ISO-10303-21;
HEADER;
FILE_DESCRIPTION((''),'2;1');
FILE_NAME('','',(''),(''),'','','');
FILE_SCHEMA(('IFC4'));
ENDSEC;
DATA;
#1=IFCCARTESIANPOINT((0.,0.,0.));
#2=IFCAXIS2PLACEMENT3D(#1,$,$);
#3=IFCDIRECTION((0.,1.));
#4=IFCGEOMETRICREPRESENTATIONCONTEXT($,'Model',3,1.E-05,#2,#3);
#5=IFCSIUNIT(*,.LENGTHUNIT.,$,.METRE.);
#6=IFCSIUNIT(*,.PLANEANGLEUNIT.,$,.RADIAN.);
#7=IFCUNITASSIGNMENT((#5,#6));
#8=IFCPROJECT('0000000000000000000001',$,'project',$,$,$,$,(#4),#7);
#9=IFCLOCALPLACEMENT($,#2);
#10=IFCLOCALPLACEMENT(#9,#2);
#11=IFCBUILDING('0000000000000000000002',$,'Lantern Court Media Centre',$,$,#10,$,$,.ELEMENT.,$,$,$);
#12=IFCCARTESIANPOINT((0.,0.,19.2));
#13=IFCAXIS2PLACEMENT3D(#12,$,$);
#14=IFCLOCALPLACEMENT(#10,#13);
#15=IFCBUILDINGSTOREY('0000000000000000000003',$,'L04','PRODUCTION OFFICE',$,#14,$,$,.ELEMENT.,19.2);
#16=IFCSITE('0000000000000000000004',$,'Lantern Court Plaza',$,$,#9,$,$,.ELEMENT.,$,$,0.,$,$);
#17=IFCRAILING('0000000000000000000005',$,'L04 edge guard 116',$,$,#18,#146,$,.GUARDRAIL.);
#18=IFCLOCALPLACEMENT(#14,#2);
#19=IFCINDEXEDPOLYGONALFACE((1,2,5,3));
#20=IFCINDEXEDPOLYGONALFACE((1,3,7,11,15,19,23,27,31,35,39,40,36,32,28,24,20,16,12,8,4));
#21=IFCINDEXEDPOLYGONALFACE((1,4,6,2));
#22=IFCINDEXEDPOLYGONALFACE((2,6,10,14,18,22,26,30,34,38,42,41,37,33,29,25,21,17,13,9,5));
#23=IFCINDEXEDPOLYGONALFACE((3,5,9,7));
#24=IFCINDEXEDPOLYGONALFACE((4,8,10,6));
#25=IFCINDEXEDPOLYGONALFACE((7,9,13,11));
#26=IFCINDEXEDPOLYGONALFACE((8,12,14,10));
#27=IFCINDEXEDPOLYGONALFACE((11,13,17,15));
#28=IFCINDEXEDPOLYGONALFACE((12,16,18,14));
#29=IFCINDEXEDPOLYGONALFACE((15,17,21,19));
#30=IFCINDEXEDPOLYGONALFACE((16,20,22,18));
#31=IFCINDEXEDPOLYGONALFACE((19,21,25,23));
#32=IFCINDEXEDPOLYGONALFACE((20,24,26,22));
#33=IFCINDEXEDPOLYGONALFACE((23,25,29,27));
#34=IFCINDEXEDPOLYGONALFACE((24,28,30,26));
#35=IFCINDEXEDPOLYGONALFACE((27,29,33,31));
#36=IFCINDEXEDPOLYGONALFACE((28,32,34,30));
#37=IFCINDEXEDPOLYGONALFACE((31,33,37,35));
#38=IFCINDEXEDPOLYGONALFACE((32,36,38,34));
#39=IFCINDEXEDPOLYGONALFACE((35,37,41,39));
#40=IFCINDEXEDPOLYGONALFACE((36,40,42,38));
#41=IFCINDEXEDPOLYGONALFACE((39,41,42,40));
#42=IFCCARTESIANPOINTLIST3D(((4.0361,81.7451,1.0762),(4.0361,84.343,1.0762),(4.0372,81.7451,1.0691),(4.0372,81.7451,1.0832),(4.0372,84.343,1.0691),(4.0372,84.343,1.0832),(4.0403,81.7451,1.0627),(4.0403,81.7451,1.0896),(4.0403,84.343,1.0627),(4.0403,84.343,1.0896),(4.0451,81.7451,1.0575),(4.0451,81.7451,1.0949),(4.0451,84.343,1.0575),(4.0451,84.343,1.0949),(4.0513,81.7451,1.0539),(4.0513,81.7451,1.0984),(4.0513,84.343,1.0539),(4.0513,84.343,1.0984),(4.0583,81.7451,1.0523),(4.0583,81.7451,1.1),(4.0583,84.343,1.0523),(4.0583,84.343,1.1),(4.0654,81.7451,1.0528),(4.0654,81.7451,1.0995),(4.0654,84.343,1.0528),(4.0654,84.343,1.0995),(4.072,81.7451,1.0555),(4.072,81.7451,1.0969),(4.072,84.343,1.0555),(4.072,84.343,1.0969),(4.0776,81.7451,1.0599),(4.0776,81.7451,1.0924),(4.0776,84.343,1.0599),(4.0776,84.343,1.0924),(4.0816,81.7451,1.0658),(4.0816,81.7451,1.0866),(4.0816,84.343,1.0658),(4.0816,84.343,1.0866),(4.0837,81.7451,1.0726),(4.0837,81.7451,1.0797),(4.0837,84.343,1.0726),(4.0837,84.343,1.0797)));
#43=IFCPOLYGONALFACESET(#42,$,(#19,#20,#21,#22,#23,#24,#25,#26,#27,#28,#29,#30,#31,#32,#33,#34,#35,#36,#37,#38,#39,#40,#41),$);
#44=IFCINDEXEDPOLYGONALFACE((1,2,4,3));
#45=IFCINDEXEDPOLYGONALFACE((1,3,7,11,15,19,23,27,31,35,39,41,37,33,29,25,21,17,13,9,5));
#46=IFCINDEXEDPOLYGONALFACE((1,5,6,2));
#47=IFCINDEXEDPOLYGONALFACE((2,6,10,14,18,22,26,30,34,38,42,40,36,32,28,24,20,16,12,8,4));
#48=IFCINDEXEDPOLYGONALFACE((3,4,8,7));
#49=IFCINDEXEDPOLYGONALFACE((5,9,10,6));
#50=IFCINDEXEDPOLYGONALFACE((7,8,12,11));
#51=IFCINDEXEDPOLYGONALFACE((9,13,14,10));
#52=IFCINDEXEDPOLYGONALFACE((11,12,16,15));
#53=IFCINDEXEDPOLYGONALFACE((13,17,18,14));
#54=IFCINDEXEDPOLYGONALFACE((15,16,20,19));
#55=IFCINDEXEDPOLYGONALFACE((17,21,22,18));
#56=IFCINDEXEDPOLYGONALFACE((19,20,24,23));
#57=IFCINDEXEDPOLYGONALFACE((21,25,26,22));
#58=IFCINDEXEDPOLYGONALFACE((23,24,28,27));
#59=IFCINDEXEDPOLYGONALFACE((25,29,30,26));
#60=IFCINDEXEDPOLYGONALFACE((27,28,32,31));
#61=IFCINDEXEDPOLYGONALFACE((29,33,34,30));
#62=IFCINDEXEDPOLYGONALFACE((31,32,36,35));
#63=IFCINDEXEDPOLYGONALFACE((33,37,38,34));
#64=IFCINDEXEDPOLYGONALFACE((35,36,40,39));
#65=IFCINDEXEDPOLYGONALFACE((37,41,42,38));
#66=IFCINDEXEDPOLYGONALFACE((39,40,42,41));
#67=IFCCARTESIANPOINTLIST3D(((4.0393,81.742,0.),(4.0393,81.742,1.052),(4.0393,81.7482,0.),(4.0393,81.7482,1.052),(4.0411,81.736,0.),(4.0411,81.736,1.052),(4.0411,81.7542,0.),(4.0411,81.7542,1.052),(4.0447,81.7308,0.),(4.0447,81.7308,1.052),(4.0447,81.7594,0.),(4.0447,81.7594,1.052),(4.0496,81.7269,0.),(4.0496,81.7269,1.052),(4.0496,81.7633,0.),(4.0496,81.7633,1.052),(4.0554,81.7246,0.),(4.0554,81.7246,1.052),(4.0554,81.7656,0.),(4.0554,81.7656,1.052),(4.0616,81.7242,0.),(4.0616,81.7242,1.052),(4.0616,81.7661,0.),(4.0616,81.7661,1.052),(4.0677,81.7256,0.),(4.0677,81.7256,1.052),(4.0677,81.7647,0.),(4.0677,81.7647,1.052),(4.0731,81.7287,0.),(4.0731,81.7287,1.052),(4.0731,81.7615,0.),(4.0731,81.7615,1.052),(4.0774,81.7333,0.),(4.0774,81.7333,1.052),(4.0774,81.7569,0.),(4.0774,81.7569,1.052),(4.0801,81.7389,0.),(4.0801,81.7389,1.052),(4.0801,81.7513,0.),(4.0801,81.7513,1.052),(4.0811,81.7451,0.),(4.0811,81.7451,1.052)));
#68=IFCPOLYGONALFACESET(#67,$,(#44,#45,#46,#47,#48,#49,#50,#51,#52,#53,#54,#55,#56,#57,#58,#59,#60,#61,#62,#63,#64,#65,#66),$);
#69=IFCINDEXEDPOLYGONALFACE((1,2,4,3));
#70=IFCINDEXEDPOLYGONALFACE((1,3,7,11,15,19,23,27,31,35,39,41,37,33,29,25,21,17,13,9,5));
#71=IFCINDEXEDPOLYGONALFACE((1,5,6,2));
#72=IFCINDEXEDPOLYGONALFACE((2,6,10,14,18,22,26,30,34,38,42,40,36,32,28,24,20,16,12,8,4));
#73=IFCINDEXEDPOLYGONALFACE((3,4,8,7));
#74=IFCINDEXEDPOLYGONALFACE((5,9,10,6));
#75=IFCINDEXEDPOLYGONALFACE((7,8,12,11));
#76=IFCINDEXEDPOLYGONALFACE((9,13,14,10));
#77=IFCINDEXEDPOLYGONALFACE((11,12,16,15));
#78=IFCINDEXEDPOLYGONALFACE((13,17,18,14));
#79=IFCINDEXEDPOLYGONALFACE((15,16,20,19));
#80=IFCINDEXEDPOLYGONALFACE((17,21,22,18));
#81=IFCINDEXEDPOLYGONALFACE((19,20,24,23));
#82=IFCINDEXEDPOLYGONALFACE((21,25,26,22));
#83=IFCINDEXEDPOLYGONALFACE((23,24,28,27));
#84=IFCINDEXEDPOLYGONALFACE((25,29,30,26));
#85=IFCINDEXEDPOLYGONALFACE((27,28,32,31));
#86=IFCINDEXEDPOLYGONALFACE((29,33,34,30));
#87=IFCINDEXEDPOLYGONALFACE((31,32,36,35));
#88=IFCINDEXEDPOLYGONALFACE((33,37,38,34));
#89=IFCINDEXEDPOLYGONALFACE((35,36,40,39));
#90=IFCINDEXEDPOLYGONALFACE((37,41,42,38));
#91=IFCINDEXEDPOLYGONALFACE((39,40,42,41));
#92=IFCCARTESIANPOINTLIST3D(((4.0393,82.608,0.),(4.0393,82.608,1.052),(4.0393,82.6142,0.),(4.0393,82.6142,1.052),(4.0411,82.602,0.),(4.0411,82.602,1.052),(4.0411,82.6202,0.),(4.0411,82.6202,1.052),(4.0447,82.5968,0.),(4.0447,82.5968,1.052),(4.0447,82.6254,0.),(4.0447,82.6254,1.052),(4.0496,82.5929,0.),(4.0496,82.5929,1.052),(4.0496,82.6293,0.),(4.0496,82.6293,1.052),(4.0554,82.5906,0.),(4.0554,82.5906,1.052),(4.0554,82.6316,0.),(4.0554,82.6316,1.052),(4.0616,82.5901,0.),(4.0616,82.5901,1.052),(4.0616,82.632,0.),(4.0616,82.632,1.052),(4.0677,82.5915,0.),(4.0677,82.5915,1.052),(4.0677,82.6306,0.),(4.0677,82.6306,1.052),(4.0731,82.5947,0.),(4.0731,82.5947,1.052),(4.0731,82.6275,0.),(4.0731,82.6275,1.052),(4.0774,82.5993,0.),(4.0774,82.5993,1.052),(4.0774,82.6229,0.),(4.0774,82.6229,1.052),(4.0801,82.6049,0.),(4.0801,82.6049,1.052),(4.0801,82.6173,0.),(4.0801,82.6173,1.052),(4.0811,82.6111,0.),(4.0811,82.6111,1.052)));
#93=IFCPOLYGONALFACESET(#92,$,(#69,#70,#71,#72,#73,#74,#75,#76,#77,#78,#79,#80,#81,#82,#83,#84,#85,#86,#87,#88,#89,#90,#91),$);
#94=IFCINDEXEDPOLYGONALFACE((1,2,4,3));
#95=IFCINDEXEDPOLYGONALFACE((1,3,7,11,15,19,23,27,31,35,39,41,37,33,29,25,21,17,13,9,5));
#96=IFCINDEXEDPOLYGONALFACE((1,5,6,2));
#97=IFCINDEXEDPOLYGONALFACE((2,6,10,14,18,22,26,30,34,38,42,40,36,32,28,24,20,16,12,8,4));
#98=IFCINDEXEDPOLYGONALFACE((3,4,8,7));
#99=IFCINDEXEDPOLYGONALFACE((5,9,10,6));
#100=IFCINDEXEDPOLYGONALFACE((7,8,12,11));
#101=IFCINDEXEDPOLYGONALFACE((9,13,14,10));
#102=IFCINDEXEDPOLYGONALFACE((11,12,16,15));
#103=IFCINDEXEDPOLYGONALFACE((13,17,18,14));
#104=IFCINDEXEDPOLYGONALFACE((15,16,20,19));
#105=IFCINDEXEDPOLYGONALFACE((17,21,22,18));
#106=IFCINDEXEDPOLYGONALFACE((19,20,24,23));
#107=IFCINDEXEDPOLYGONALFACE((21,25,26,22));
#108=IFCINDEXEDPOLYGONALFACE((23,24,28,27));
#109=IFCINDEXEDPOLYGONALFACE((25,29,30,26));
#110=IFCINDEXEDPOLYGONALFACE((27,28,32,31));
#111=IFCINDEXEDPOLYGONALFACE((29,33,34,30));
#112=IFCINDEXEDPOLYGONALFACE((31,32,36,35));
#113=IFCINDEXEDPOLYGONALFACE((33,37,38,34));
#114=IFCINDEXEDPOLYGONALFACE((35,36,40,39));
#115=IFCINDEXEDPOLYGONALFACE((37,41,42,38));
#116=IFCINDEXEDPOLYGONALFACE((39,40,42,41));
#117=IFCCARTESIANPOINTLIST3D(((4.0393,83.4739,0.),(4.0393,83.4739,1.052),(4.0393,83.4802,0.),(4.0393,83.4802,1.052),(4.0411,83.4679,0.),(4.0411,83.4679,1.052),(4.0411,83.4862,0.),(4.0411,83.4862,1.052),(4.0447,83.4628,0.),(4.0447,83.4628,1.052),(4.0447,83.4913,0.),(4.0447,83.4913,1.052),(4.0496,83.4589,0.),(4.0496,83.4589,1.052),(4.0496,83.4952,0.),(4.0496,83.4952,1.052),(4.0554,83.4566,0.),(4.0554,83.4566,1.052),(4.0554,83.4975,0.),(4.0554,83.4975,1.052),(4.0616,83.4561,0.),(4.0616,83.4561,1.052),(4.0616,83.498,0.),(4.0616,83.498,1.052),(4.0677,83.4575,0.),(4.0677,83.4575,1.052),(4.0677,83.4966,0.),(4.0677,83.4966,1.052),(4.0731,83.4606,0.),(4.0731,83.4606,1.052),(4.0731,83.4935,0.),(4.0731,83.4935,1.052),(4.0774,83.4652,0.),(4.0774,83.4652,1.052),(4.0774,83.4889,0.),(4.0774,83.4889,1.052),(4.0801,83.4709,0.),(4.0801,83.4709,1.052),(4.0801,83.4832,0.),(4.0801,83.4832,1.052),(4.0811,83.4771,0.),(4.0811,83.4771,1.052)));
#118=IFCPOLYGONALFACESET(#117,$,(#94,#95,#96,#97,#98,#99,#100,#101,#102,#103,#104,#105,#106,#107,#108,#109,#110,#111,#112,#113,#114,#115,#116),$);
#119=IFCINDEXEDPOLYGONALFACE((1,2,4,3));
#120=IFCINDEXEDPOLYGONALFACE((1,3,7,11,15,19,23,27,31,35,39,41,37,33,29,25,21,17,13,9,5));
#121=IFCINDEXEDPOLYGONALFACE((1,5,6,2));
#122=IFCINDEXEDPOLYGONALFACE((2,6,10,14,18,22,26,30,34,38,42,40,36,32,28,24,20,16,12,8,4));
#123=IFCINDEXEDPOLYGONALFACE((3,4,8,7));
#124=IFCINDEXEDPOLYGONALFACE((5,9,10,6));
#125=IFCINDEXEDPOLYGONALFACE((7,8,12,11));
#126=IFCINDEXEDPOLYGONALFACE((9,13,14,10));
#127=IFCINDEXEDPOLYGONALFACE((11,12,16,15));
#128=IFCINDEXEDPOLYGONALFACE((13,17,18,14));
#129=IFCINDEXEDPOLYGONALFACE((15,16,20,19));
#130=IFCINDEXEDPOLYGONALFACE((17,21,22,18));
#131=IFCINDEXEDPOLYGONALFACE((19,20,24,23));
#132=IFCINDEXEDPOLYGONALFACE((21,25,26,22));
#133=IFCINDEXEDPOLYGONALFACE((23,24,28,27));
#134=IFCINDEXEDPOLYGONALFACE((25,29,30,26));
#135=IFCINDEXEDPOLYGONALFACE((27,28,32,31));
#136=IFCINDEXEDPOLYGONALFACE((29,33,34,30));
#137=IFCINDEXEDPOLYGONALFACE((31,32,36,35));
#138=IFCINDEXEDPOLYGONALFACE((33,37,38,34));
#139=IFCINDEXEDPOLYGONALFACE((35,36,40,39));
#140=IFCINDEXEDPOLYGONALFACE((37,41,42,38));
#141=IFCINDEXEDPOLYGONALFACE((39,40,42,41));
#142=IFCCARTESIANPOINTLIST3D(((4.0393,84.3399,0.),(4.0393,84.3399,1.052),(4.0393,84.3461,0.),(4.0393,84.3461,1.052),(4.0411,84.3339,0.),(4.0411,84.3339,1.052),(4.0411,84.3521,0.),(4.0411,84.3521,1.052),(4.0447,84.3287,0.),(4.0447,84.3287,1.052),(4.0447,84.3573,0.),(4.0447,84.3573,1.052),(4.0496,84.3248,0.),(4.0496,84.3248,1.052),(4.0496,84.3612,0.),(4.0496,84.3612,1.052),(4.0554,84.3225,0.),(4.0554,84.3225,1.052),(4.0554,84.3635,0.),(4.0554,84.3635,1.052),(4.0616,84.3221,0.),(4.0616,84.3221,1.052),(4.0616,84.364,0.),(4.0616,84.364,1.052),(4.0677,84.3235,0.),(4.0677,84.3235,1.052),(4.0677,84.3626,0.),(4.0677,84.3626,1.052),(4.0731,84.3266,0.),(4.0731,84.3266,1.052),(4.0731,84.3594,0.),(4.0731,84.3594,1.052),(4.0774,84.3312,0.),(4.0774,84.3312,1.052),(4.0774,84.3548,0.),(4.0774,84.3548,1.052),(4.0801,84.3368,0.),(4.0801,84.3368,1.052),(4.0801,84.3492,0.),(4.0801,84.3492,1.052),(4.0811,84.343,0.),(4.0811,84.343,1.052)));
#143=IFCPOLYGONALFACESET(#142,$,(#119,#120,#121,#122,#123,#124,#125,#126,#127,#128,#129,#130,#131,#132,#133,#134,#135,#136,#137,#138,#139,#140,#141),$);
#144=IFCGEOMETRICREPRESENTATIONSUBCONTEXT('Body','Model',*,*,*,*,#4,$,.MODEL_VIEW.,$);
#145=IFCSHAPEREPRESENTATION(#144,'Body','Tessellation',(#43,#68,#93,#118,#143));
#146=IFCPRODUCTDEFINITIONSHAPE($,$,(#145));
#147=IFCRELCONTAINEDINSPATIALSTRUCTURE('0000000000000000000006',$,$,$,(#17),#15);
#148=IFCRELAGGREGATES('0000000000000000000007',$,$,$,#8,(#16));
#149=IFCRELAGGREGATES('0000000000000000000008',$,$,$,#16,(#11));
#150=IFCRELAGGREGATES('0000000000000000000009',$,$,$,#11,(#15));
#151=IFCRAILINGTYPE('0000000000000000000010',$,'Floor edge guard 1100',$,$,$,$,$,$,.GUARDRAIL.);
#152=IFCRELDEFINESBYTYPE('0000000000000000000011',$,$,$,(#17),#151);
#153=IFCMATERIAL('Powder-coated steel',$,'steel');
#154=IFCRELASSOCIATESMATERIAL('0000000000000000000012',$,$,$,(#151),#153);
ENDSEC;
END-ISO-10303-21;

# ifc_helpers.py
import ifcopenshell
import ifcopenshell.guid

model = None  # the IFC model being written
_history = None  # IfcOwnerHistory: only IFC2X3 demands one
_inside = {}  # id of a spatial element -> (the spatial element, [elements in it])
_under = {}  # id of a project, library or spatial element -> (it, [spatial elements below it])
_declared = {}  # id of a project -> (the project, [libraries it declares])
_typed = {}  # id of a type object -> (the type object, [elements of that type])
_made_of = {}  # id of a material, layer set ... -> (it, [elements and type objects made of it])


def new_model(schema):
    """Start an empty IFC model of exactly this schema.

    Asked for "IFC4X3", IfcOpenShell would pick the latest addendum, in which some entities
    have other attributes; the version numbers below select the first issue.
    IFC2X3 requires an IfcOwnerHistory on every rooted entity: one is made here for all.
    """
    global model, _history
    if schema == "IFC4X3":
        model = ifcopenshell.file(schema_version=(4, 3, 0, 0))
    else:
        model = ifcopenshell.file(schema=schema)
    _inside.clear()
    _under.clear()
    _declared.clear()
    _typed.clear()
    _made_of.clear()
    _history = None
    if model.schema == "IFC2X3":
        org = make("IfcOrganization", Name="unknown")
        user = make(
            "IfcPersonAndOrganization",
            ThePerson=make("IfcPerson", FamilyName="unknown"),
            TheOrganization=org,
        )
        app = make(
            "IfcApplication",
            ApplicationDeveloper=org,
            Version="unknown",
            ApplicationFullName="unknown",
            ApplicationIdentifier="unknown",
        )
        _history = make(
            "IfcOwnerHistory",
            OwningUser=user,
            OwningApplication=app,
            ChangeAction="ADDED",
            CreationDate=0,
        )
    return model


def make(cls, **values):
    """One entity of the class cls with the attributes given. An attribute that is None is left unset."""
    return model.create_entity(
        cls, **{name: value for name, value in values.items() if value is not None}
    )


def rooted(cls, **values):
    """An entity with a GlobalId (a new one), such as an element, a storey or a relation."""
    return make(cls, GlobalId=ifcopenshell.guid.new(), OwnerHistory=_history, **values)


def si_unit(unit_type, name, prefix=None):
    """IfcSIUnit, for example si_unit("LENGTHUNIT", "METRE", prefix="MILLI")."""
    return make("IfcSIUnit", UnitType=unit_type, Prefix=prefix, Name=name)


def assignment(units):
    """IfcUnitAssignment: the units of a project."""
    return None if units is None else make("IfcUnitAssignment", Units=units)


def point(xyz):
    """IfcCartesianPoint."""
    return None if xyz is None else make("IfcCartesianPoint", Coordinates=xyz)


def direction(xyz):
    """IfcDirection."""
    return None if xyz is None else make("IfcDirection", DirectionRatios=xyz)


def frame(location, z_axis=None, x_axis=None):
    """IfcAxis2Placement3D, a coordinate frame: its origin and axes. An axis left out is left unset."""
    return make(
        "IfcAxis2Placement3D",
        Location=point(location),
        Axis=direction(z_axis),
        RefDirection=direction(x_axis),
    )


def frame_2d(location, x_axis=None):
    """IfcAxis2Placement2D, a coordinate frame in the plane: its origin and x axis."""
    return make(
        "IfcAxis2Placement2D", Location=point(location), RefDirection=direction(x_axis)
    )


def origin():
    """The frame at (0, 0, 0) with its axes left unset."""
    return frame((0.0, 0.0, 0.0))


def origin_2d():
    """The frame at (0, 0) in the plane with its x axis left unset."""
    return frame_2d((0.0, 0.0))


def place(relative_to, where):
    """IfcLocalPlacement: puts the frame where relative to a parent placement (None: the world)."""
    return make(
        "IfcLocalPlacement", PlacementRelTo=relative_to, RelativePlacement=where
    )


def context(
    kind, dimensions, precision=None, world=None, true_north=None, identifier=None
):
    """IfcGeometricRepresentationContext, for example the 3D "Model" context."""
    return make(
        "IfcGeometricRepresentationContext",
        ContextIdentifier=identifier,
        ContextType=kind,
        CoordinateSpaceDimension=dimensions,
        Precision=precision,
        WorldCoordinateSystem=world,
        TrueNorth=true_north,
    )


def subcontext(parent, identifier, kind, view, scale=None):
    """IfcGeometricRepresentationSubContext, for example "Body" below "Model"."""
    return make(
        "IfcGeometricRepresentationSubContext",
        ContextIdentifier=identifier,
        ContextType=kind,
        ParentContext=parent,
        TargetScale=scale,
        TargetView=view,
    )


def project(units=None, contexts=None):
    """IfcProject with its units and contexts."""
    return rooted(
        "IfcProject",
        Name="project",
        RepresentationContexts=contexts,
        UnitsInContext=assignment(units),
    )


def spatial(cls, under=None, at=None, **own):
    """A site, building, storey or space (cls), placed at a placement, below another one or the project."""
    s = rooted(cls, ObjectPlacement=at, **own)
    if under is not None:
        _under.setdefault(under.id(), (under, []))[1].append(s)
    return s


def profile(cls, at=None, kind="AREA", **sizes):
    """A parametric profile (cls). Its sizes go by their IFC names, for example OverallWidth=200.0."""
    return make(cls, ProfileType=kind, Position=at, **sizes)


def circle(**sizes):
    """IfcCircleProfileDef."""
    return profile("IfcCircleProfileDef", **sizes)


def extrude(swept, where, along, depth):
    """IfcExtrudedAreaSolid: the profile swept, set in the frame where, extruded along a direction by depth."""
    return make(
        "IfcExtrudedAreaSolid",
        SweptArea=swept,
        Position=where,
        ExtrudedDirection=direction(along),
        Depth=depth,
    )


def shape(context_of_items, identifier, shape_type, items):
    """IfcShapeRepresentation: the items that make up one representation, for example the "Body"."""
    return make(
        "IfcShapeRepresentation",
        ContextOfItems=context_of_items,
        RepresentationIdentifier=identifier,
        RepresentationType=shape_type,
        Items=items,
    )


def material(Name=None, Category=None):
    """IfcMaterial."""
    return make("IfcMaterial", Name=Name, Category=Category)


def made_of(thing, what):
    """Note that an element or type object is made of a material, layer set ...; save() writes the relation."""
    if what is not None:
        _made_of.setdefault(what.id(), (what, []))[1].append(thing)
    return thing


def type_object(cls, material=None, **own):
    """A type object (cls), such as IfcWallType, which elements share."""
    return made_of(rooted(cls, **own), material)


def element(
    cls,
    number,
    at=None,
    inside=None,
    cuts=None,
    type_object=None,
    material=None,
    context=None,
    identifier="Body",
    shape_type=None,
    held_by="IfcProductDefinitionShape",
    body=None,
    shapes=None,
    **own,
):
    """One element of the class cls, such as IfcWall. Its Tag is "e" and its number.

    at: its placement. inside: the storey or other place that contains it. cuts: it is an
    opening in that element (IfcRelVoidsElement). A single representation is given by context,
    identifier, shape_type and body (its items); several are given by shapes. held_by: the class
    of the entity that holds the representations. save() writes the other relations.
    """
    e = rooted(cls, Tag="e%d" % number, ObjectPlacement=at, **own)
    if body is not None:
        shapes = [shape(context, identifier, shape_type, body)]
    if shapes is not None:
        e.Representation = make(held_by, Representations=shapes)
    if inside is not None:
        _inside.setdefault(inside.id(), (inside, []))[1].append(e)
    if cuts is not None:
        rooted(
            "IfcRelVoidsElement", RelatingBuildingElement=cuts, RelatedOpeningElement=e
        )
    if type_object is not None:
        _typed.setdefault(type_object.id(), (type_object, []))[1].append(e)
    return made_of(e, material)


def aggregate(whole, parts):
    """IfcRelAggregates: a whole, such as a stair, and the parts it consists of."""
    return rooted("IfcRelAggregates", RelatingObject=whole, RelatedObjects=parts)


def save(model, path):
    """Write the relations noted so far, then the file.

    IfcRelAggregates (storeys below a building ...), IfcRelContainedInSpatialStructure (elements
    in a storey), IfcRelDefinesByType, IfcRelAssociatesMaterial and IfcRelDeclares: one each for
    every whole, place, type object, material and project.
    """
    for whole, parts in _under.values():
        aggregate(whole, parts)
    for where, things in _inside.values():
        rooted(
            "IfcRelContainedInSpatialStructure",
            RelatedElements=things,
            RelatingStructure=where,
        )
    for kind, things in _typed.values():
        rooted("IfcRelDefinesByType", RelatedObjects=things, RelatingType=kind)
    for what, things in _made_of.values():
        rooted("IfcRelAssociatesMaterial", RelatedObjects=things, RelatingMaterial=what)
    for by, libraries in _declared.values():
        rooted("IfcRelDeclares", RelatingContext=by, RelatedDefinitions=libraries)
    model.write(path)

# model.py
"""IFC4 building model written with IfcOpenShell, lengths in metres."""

from ifc_helpers import new_model, si_unit, direction, frame, origin, origin_2d, place, context, subcontext, project, spatial, circle, extrude, material, type_object, element, save


model = new_model("IFC4")

# Units and contexts
model_context = context("Model", 3, precision=1e-05, world=origin(), true_north=direction((0.0, 1.0)))
body_context = subcontext(model_context, "Body", "Model", "MODEL_VIEW")
ifc_project = project(units=[si_unit("LENGTHUNIT", "METRE"), si_unit("PLANEANGLEUNIT", "RADIAN")], contexts=[model_context])

# Site, building, storey
site_placement = place(None, origin())
site = spatial("IfcSite", under=ifc_project, at=site_placement, Name="Lantern Court Plaza", CompositionType="ELEMENT", RefElevation=0.0)
building_placement = place(site_placement, origin())
building = spatial("IfcBuilding", under=site, at=building_placement, Name="Lantern Court Media Centre", CompositionType="ELEMENT")
storey_placement = place(building_placement, frame((0.0, 0.0, 19.2)))
storey = spatial("IfcBuildingStorey", under=building, at=storey_placement, Name="L04", Description="PRODUCTION OFFICE", CompositionType="ELEMENT", Elevation=19.2)

# Railing
ifc_material_1 = material(Name="Powder-coated steel", Category="steel")
railing_type = type_object("IfcRailingType", Name="Floor edge guard 1100", PredefinedType="GUARDRAIL", material=ifc_material_1)
for number, where, name in (
    (1, (4.0601, 81.7451, 0.0), "L04 edge guard 116"),
):
    element("IfcRailing", number, at=place(storey_placement, frame(where)), inside=storey, type_object=railing_type, Name=name, PredefinedType="GUARDRAIL", context=body_context, shape_type="SweptSolid", body=[
        extrude(circle(Radius=0.0239, at=origin_2d()), frame((0.0, 0.0, 1.0762), z_axis=(0.0, 1.0, 0.0), x_axis=(-1.0, 0.0, 0.0)), (0.0, 0.0, 1.0), 2.5979),
        extrude(circle(Radius=0.021, at=origin_2d()), origin(), (0.0, 0.0, 1.0), 1.052),
        extrude(circle(Radius=0.021, at=origin_2d()), frame((0.0, 0.866, 0.0)), (0.0, 0.0, 1.0), 1.052),
        extrude(circle(Radius=0.021, at=origin_2d()), frame((0.0, 1.7319, 0.0)), (0.0, 0.0, 1.0), 1.052),
        extrude(circle(Radius=0.021, at=origin_2d()), frame((0.0, 2.5979, 0.0)), (0.0, 0.0, 1.0), 1.052),
    ])

save(model, "model.ifc")
